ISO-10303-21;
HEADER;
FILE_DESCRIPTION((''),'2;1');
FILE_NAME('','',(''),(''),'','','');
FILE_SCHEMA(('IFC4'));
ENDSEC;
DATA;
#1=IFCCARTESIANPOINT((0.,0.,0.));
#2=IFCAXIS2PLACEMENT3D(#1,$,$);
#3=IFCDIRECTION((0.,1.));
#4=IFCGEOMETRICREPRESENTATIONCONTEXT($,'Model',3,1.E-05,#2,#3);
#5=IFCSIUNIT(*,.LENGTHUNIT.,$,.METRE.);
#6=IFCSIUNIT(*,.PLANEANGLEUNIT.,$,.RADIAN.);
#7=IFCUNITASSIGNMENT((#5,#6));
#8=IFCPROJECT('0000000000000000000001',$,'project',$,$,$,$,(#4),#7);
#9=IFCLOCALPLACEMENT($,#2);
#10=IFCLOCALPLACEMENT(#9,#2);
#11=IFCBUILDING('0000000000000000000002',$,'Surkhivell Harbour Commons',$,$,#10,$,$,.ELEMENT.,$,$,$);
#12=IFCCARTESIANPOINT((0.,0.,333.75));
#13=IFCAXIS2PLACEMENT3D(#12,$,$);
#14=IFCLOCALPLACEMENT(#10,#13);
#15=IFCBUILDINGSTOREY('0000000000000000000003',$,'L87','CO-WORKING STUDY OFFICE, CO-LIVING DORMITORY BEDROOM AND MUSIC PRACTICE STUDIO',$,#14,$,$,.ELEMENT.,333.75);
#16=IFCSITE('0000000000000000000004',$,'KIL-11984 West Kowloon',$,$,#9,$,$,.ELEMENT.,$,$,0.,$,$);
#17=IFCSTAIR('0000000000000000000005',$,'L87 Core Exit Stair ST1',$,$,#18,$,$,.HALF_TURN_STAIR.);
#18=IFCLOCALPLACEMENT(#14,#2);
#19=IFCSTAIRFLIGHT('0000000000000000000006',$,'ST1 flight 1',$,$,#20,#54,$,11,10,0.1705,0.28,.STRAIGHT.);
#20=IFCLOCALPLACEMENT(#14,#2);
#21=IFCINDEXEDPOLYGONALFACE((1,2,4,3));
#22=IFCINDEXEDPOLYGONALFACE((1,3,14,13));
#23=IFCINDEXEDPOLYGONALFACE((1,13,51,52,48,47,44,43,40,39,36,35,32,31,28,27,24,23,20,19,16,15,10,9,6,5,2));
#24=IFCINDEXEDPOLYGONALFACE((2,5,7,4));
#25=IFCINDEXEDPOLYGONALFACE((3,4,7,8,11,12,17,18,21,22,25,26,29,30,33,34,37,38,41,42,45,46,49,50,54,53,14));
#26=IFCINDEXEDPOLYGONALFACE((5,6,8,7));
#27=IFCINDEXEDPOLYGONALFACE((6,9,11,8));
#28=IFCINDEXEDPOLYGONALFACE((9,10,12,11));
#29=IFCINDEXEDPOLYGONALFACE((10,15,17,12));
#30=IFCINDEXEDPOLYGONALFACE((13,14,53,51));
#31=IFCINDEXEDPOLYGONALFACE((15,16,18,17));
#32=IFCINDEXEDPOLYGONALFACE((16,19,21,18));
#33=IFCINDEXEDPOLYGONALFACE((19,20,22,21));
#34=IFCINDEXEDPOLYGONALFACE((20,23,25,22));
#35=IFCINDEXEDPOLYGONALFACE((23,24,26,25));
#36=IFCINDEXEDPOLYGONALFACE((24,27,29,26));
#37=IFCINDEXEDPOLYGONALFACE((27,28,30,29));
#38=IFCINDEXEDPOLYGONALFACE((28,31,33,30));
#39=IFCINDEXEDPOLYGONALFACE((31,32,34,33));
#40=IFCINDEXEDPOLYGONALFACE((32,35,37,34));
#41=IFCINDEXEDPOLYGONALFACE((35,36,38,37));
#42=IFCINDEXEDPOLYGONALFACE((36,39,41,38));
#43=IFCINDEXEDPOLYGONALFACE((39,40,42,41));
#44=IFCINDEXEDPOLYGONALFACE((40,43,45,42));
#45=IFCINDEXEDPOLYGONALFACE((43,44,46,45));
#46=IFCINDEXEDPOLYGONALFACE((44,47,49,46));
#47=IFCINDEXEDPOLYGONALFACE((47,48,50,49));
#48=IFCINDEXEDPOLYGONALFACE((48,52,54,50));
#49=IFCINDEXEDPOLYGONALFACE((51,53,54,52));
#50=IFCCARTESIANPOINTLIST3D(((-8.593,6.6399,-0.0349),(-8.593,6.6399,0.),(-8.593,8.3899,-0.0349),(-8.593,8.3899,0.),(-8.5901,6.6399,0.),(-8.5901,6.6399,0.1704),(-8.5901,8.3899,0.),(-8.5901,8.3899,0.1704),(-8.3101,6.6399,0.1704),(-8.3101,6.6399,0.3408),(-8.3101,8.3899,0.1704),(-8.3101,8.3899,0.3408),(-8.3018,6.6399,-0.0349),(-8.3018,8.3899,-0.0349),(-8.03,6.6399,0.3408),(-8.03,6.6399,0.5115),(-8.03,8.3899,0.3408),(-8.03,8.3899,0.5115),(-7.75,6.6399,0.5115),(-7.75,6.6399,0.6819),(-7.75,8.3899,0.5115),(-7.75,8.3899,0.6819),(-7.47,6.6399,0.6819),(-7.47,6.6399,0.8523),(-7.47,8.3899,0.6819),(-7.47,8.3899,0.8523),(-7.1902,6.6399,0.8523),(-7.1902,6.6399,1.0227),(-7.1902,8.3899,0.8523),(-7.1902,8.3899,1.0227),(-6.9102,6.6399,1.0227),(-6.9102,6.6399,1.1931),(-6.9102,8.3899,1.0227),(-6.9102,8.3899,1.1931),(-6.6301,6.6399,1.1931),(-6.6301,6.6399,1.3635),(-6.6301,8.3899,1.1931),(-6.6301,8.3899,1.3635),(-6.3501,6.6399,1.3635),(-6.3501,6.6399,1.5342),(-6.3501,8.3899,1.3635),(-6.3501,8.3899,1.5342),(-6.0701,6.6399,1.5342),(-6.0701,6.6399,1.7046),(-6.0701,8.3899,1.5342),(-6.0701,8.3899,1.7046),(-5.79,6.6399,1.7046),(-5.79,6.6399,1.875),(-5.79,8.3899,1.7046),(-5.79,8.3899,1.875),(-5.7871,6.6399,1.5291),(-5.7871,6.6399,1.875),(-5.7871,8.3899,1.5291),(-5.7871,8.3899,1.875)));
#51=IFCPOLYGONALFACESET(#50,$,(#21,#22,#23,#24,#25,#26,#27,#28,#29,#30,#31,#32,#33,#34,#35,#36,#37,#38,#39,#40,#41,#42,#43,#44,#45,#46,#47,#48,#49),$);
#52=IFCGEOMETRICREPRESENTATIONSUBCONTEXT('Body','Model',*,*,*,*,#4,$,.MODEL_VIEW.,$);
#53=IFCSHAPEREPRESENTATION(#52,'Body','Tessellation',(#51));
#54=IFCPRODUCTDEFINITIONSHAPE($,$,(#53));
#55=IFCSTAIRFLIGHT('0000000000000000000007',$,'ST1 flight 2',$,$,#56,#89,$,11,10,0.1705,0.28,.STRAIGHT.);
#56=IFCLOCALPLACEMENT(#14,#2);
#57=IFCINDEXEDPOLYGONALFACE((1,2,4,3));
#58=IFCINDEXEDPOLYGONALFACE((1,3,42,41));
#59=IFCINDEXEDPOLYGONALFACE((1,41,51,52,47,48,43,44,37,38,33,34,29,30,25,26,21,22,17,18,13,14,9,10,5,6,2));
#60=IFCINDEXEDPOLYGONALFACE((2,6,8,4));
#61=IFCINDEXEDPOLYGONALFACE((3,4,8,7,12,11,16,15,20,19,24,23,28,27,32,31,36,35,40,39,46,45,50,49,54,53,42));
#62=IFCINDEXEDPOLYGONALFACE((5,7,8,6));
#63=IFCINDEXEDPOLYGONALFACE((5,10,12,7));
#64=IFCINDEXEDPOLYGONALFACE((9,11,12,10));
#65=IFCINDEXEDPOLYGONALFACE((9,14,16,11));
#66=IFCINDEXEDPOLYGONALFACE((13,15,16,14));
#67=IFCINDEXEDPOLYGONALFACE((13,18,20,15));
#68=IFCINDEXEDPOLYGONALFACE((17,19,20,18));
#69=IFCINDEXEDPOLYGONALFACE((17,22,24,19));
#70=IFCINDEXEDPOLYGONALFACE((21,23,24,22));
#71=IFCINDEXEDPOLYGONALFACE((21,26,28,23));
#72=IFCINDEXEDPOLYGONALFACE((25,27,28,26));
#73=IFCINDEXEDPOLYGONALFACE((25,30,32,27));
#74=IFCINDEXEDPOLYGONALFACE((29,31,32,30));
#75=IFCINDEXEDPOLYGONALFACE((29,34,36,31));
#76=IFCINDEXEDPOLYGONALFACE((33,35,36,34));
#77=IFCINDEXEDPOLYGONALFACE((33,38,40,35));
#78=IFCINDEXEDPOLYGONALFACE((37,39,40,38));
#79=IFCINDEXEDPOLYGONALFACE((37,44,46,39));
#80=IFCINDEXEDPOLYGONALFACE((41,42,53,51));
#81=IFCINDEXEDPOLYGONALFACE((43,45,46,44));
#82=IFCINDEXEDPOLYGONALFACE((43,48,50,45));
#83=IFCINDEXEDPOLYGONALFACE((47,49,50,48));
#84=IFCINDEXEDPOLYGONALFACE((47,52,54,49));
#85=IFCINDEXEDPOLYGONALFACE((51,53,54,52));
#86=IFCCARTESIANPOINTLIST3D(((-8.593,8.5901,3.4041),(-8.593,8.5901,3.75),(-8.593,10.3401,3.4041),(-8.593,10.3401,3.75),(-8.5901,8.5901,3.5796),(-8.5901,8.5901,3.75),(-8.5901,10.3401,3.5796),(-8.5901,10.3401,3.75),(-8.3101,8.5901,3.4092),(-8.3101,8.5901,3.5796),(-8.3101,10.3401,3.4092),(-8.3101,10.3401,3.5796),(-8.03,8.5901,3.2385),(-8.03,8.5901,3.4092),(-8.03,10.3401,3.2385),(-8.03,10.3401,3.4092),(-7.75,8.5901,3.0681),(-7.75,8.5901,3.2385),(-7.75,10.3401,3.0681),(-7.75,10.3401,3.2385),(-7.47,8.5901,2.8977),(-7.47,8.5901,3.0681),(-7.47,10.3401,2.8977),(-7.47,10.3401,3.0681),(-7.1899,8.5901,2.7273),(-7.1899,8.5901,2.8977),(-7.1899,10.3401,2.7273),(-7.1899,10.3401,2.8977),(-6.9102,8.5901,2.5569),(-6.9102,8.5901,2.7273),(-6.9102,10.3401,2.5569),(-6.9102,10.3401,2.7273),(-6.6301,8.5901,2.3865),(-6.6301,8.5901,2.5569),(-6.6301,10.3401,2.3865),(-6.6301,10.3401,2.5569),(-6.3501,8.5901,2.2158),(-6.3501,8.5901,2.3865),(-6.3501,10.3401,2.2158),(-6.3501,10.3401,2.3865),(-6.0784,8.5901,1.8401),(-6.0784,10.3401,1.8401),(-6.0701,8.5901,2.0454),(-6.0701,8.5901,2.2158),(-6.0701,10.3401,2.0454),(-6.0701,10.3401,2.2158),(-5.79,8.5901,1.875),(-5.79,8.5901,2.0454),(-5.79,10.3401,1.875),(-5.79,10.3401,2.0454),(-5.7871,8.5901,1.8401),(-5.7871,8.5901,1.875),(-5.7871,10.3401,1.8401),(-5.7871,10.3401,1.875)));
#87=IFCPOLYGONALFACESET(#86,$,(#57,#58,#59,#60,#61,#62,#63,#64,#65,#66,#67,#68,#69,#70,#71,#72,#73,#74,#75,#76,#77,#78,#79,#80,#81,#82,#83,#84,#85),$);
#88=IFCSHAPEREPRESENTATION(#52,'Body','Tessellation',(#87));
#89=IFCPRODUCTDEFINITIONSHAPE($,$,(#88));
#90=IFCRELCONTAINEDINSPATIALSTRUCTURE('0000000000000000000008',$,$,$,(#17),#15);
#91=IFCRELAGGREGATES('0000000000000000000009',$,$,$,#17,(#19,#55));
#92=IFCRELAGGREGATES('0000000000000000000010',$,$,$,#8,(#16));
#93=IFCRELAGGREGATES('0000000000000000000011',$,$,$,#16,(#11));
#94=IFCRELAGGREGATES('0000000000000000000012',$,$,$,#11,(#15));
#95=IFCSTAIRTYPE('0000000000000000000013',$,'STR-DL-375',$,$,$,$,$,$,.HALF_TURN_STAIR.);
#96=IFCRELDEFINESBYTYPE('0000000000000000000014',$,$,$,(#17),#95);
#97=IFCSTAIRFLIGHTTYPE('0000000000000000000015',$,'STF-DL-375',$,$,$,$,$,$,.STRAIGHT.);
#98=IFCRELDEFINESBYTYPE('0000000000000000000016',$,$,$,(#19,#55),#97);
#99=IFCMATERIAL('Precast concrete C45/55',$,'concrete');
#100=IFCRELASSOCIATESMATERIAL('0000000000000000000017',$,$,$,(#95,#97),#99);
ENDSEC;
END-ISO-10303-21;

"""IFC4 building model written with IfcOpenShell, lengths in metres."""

from ifc_helpers import new_model, si_unit, direction, frame, origin, place, context, subcontext, project, spatial, polyline, outline, extrude, material, type_object, element, aggregate, save


model = new_model("IFC4")

# Units and contexts
model_context = context("Model", 3, precision=1e-05, world=origin(), true_north=direction((0.0, 1.0)))
body_context = subcontext(model_context, "Body", "Model", "MODEL_VIEW")
ifc_project = project(units=[si_unit("LENGTHUNIT", "METRE"), si_unit("PLANEANGLEUNIT", "RADIAN")], contexts=[model_context])

# Site, building, storey
site_placement = place(None, origin())
site = spatial("IfcSite", under=ifc_project, at=site_placement, Name="KIL-11984 West Kowloon", CompositionType="ELEMENT", RefElevation=0.0)
building_placement = place(site_placement, origin())
building = spatial("IfcBuilding", under=site, at=building_placement, Name="Surkhivell Harbour Commons", CompositionType="ELEMENT")
storey_placement = place(building_placement, frame((0.0, 0.0, 333.75)))
storey = spatial("IfcBuildingStorey", under=building, at=storey_placement, Name="L87", Description="CO-WORKING STUDY OFFICE, CO-LIVING DORMITORY BEDROOM AND MUSIC PRACTICE STUDIO", CompositionType="ELEMENT", Elevation=333.75)

# Stair, stair flights
ifc_material_1 = material(Name="Precast concrete C45/55", Category="concrete")
stair_type = type_object("IfcStairType", Name="STR-DL-375", PredefinedType="HALF_TURN_STAIR", material=ifc_material_1)
stair_placement = place(storey_placement, origin())
stair = element("IfcStair", 1, at=stair_placement, inside=storey, type_object=stair_type, Name="L87 Core Exit Stair ST1", PredefinedType="HALF_TURN_STAIR")
stair_flight_type = type_object("IfcStairFlightType", Name="STF-DL-375", PredefinedType="STRAIGHT", material=ifc_material_1)
stair_flight_1_placement = place(storey_placement, frame((-8.5901, 7.5149, 0.0), z_axis=(0.0, 0.0, 1.0), x_axis=(1.0, 0.0, 0.0)))
stair_flight_1 = element("IfcStairFlight", 2, at=stair_flight_1_placement, type_object=stair_flight_type, Name="ST1 flight 1", NumberOfRisers=11, NumberOfTreads=10, PredefinedType="STRAIGHT", RiserHeight=0.1705, TreadLength=0.28, context=body_context, shape_type="SweptSolid", body=[
    extrude(outline(polyline([(-0.0029, -0.0349), (-0.0029, 0.0), (0.0, 0.0), (0.0, 0.1704), (0.28, 0.1704), (0.28, 0.3408), (0.5601, 0.3408), (0.5601, 0.5115), (0.8401, 0.5115), (0.8401, 0.6819), (1.1201, 0.6819), (1.1201, 0.8523), (1.3999, 0.8523), (1.3999, 1.0227), (1.6799, 1.0227), (1.6799, 1.1931), (1.96, 1.1931), (1.96, 1.3635), (2.24, 1.3635), (2.24, 1.5342), (2.52, 1.5342), (2.52, 1.7046), (2.8, 1.7046), (2.8, 1.875), (2.803, 1.875), (2.803, 1.5291), (0.2883, -0.0349), (-0.0029, -0.0349)])), frame((0.0, 0.875, 0.0), z_axis=(0.0, -1.0, 0.0), x_axis=(1.0, 0.0, 0.0)), (0.0, 0.0, 1.0), 1.75),
])
stair_flight_2_placement = place(storey_placement, frame((-5.79, 9.4651, 1.875), z_axis=(0.0, 0.0, 1.0), x_axis=(-1.0, 0.0, 0.0)))
stair_flight_2 = element("IfcStairFlight", 3, at=stair_flight_2_placement, type_object=stair_flight_type, Name="ST1 flight 2", NumberOfRisers=11, NumberOfTreads=10, PredefinedType="STRAIGHT", RiserHeight=0.1705, TreadLength=0.28, context=body_context, shape_type="SweptSolid", body=[
    extrude(outline(polyline([(-0.0029, -0.0349), (-0.0029, 0.0), (0.0, 0.0), (0.0, 0.1704), (0.28, 0.1704), (0.28, 0.3408), (0.5601, 0.3408), (0.5601, 0.5115), (0.8401, 0.5115), (0.8401, 0.6819), (1.1201, 0.6819), (1.1201, 0.8523), (1.3999, 0.8523), (1.3999, 1.0227), (1.6799, 1.0227), (1.6799, 1.1931), (1.96, 1.1931), (1.96, 1.3635), (2.24, 1.3635), (2.24, 1.5342), (2.52, 1.5342), (2.52, 1.7046), (2.8, 1.7046), (2.8, 1.875), (2.803, 1.875), (2.803, 1.5291), (0.2883, -0.0349), (-0.0029, -0.0349)])), frame((0.0, 0.875, 0.0), z_axis=(0.0, -1.0, 0.0), x_axis=(1.0, 0.0, 0.0)), (0.0, 0.0, 1.0), 1.75),
])
aggregate(stair, [stair_flight_1, stair_flight_2])

save(model, "model.ifc")
